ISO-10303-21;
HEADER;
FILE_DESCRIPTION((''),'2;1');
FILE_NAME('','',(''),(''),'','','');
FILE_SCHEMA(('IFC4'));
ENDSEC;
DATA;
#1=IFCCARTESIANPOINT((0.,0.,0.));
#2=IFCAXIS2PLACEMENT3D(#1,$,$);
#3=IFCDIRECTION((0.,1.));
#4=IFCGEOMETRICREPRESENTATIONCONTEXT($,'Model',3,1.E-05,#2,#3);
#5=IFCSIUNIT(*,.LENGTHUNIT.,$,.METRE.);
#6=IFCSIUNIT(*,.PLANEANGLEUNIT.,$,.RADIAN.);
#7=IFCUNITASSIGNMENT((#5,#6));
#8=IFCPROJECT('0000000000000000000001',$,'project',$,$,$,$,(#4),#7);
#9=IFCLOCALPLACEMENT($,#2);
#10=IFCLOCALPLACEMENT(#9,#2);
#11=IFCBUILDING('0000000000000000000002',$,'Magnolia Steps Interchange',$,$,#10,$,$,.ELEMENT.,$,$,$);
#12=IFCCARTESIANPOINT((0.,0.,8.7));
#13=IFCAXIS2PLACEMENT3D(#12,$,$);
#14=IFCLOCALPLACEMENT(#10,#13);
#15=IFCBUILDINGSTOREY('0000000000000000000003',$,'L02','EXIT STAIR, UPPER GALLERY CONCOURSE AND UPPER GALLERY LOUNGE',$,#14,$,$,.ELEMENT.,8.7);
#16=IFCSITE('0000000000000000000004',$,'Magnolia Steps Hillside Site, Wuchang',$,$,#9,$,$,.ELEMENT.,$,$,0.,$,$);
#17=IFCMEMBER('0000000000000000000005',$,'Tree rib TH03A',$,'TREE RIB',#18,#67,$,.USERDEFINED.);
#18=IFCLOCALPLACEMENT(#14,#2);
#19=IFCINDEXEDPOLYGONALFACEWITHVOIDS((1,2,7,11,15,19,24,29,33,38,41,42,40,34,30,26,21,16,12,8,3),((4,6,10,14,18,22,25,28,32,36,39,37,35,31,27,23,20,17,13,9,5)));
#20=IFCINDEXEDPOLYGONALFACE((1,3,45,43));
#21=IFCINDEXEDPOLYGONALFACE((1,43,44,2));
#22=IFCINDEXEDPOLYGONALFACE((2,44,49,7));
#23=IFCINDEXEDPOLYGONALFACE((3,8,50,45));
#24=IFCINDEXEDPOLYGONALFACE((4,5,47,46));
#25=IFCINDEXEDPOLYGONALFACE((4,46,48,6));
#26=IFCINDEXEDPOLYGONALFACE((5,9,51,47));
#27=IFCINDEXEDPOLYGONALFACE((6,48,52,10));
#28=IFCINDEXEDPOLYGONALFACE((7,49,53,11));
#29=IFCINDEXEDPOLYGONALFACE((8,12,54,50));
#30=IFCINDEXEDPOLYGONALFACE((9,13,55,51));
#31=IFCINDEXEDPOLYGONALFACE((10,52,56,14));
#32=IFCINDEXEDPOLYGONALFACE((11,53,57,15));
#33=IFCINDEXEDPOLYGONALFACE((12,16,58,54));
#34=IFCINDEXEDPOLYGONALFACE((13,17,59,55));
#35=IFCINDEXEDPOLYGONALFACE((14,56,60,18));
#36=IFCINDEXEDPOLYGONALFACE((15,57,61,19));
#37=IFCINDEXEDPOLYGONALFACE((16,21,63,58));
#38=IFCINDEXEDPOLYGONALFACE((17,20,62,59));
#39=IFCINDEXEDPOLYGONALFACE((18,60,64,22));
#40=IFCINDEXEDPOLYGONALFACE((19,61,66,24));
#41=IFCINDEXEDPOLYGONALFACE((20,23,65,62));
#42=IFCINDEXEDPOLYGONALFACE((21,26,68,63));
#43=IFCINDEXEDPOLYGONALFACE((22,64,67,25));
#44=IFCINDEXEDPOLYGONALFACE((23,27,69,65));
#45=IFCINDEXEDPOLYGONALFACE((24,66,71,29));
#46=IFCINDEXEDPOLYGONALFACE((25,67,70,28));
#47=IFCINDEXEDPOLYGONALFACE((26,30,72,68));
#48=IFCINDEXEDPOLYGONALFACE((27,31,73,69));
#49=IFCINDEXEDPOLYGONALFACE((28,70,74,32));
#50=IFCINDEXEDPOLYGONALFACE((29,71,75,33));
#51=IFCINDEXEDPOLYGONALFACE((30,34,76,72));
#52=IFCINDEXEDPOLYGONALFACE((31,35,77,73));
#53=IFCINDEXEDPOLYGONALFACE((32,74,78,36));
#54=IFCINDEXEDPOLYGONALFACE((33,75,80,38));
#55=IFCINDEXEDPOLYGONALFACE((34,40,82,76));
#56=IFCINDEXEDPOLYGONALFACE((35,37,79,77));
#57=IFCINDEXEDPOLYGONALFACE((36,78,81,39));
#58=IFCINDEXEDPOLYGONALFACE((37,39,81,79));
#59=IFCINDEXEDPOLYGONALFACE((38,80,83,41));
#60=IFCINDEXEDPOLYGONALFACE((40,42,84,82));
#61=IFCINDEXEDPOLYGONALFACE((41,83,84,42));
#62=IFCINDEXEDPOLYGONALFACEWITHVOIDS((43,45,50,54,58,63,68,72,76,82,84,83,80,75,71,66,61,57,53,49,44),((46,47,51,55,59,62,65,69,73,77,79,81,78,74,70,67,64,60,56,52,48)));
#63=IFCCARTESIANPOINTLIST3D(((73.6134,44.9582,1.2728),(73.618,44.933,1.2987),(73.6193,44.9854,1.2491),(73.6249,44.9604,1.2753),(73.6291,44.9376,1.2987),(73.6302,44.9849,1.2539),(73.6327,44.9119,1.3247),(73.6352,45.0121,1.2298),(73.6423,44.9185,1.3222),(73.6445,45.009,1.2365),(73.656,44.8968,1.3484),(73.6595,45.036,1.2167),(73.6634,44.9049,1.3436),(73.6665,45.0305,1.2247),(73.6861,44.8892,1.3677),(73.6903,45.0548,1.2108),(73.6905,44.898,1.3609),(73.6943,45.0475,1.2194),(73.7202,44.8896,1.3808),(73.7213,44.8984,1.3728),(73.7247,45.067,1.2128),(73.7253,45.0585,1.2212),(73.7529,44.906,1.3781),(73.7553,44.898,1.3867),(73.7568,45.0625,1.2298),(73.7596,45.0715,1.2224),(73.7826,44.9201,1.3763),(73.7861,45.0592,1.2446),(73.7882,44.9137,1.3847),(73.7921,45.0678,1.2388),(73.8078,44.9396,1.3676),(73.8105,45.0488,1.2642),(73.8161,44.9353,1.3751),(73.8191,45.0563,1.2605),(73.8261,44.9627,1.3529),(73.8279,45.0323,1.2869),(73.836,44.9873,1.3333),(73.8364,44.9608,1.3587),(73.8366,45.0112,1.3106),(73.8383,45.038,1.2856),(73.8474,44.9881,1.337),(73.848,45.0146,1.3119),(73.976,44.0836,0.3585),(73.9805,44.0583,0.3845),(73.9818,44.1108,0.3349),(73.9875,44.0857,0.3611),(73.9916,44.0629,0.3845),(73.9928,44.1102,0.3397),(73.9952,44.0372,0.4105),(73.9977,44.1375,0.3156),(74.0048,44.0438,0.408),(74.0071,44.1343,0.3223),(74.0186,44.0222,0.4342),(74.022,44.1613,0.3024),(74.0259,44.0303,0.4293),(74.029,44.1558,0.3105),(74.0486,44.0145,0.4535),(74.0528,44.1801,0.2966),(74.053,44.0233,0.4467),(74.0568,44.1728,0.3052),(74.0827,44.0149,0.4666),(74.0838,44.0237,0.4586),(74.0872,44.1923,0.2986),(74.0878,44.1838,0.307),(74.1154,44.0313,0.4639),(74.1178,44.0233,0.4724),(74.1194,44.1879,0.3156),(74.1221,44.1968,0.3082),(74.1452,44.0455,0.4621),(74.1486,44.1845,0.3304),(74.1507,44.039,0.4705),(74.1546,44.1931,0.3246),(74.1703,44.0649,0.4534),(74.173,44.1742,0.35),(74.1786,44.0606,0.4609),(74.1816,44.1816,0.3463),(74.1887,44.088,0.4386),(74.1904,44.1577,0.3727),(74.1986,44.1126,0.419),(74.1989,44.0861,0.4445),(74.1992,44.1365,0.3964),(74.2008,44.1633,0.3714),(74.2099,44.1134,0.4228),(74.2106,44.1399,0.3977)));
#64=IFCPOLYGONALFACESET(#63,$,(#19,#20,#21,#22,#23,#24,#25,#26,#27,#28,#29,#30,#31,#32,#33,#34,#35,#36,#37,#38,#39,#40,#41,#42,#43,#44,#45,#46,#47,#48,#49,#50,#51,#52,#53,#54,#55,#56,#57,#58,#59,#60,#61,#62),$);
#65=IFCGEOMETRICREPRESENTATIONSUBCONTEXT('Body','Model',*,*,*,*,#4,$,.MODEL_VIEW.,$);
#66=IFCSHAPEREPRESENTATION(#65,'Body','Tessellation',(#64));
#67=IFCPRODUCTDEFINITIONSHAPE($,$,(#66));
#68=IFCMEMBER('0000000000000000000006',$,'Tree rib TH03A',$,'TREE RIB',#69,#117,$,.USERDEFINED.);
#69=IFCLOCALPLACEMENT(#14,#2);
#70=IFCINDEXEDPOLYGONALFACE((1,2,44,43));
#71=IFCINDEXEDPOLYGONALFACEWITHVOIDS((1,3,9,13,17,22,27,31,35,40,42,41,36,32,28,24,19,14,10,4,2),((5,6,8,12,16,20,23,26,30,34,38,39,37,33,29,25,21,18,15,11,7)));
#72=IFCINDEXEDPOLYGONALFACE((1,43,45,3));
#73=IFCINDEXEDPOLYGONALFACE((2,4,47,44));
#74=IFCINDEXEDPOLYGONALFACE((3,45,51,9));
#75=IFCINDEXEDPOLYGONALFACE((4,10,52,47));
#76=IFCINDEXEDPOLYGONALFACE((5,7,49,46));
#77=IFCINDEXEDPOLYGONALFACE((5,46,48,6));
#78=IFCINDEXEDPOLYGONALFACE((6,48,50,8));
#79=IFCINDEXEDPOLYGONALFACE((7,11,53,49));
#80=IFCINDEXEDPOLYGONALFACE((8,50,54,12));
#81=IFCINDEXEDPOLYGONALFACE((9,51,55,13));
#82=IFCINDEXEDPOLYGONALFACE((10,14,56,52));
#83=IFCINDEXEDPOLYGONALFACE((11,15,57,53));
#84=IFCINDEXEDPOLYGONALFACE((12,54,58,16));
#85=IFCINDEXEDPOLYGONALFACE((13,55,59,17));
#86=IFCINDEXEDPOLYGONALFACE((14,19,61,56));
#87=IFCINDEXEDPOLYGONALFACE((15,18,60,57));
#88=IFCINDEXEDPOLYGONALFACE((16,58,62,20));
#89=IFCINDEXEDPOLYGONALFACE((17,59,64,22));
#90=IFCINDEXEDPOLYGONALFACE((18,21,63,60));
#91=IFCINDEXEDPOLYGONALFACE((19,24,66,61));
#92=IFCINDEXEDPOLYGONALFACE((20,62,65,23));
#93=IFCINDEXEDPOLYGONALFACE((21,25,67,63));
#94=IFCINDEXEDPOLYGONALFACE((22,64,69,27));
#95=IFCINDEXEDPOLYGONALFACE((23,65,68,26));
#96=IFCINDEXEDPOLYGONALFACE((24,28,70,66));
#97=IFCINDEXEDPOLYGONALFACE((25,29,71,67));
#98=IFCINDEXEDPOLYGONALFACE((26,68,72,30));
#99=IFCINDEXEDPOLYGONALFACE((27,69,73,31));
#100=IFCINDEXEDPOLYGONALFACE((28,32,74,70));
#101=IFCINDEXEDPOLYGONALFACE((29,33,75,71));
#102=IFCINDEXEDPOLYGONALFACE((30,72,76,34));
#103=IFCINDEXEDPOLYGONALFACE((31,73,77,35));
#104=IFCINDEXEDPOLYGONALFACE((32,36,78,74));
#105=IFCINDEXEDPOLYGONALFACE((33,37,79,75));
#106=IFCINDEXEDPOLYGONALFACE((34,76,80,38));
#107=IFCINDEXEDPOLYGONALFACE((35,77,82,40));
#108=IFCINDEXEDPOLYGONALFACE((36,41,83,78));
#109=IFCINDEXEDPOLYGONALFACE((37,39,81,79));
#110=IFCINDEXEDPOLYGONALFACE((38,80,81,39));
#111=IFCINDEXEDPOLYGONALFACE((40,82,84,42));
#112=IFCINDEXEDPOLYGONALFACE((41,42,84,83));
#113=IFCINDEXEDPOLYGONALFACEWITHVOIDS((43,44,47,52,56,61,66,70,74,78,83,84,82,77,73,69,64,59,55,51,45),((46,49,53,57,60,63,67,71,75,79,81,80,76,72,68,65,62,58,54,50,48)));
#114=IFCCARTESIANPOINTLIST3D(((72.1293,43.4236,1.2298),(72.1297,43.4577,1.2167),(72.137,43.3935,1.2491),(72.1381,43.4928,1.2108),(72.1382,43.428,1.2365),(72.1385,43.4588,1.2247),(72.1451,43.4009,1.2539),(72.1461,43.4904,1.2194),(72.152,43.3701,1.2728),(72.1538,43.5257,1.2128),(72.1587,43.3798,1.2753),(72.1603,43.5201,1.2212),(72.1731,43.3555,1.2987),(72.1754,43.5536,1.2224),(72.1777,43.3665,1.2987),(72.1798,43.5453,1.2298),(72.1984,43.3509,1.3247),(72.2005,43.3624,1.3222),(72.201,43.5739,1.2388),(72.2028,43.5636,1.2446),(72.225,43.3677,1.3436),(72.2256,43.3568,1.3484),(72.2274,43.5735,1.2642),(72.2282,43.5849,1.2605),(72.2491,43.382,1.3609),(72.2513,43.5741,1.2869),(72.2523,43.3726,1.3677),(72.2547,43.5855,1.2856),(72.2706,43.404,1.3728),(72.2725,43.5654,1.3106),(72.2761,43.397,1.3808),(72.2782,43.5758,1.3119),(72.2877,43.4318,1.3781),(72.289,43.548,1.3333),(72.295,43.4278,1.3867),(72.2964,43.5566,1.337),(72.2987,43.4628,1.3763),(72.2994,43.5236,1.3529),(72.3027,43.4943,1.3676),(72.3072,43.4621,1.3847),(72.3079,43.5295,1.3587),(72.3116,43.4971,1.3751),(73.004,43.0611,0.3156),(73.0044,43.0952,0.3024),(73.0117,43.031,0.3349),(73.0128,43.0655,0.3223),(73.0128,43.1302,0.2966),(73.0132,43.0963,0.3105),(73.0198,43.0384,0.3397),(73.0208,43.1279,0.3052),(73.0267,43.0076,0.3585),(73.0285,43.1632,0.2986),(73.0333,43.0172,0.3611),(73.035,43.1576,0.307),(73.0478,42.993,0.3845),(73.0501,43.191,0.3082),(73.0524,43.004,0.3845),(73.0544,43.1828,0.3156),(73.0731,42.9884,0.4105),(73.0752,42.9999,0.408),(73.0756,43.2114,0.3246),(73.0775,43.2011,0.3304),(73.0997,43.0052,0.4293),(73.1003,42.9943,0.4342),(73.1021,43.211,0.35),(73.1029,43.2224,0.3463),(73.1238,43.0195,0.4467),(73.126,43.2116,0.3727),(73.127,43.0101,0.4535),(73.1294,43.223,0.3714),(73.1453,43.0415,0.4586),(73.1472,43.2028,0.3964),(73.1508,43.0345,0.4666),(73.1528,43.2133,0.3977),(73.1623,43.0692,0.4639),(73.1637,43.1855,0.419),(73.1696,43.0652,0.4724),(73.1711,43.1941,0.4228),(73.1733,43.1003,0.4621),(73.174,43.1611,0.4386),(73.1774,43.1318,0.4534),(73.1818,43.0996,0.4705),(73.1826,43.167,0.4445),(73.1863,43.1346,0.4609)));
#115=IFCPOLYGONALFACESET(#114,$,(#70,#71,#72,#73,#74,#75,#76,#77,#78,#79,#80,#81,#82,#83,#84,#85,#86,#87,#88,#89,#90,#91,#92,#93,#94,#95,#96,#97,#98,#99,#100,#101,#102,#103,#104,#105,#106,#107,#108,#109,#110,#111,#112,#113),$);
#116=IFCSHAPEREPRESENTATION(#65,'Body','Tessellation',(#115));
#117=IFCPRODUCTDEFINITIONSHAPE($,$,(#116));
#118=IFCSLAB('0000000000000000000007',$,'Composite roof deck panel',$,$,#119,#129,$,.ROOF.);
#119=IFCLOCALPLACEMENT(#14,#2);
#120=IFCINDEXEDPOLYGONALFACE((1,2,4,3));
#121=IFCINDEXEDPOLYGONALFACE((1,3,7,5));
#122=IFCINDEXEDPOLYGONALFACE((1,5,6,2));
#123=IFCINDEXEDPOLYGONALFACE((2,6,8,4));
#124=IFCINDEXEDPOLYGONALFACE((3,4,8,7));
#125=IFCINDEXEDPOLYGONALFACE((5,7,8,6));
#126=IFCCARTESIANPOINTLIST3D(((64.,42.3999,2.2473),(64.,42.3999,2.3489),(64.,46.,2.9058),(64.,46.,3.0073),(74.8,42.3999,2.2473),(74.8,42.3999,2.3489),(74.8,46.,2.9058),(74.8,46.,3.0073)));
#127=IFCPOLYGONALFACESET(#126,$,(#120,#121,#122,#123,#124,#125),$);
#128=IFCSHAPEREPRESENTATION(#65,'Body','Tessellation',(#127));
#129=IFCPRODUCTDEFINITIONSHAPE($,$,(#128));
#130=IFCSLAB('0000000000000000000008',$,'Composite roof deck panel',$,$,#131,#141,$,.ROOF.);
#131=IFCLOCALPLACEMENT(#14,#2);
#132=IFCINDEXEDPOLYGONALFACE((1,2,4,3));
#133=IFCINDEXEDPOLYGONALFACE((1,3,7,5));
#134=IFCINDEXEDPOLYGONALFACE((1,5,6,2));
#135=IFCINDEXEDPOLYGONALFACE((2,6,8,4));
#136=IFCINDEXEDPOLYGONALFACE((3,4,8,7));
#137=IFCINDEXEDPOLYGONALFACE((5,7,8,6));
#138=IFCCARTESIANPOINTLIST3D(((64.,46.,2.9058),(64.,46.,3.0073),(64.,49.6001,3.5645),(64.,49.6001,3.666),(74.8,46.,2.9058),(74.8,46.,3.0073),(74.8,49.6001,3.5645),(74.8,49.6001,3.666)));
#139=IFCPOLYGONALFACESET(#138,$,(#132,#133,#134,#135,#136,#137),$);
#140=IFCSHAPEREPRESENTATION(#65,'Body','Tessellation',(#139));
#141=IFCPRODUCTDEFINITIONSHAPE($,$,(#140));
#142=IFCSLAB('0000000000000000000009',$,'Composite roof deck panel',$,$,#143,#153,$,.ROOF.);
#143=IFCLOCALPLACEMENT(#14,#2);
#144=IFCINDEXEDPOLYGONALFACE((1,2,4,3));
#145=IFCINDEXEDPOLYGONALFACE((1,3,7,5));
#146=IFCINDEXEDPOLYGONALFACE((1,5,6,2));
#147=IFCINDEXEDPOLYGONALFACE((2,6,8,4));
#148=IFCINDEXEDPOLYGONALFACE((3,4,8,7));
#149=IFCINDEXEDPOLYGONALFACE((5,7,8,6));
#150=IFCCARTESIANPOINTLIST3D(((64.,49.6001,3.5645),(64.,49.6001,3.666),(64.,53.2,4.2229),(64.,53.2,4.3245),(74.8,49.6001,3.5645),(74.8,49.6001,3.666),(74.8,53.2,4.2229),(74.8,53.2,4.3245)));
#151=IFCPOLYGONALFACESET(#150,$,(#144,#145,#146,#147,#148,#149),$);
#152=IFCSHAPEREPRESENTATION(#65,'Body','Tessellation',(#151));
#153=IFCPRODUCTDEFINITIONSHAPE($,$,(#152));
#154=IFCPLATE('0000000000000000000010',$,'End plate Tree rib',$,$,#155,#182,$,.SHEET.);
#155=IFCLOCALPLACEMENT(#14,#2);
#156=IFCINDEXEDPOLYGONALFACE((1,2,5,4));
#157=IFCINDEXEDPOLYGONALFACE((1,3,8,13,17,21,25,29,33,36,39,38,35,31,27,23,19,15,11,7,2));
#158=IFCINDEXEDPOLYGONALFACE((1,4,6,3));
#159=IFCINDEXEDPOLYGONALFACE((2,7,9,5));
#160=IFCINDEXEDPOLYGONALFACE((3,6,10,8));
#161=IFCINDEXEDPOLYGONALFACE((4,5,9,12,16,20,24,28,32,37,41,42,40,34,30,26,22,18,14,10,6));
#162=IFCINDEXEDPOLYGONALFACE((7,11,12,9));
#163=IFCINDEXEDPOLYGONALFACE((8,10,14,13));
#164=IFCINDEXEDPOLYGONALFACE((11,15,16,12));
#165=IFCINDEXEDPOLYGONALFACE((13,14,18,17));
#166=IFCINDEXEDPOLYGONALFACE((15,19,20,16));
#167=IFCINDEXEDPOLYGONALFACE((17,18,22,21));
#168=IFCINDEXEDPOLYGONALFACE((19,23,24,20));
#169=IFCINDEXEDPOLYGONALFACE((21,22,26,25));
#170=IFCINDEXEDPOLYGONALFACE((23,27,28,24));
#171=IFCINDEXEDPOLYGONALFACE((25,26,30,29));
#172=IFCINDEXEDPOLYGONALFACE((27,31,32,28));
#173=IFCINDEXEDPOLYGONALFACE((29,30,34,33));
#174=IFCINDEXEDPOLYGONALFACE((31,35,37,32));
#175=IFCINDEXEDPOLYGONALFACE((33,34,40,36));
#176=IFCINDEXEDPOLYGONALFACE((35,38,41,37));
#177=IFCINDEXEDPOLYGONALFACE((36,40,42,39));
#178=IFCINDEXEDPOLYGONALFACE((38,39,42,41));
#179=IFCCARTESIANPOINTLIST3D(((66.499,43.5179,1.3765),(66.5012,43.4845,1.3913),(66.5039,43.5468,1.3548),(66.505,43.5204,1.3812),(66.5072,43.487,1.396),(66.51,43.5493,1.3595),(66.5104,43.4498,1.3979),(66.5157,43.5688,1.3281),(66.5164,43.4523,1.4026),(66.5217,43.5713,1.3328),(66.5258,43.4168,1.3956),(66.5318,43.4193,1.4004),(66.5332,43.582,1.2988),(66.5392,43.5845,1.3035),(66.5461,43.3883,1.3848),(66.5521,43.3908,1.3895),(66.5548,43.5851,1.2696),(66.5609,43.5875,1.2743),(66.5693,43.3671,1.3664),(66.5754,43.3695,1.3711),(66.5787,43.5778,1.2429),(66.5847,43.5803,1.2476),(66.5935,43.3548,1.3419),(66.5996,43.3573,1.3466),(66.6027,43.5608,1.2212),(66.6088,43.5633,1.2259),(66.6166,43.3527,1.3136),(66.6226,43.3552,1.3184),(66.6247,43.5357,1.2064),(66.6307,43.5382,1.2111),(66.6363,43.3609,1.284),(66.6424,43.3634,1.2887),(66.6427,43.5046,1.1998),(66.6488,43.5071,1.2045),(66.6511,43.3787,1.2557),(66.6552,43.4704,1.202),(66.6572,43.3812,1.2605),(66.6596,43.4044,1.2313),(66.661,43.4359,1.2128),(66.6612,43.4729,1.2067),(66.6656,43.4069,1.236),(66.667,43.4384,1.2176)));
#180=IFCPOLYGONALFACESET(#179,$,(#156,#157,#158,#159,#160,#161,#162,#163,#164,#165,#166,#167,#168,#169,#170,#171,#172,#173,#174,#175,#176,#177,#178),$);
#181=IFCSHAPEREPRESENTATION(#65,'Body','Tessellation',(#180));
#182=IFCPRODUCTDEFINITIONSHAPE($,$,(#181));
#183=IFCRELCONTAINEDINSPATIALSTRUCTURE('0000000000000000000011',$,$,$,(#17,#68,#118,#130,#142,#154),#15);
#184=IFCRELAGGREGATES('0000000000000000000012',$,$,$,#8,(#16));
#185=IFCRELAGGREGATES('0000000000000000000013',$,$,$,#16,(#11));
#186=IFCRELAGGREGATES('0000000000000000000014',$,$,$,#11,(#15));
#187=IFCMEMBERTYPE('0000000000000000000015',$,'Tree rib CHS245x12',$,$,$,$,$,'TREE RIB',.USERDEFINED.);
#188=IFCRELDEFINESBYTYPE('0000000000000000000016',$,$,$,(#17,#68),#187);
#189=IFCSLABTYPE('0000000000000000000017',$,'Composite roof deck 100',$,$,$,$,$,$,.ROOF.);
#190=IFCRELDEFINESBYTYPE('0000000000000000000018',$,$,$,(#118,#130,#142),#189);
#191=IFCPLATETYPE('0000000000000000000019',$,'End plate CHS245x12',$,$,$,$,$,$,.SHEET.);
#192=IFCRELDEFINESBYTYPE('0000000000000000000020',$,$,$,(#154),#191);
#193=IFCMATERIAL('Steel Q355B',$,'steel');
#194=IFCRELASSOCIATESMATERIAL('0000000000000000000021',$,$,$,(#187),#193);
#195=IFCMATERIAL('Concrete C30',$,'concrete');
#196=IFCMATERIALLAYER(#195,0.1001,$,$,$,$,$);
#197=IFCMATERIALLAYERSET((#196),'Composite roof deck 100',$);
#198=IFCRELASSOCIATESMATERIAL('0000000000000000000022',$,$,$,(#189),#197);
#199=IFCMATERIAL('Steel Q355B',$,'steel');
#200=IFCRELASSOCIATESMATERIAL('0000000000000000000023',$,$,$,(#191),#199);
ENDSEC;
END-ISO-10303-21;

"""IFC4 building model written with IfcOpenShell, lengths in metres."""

from ifc_helpers import new_model, si_unit, direction, frame, origin, origin_2d, place, context, subcontext, project, spatial, polyline, circle, hollow_circle, outline, extrude, material, layer, layer_set, material_profile, profile_set, type_object, element, save


model = new_model("IFC4")

# Units and contexts
model_context = context("Model", 3, precision=1e-05, world=origin(), true_north=direction((0.0, 1.0)))
body_context = subcontext(model_context, "Body", "Model", "MODEL_VIEW")
ifc_project = project(units=[si_unit("LENGTHUNIT", "METRE"), si_unit("PLANEANGLEUNIT", "RADIAN")], contexts=[model_context])

# Site, building, storey
site_placement = place(None, origin())
site = spatial("IfcSite", under=ifc_project, at=site_placement, Name="Magnolia Steps Hillside Site, Wuchang", CompositionType="ELEMENT", RefElevation=0.0)
building_placement = place(site_placement, origin())
building = spatial("IfcBuilding", under=site, at=building_placement, Name="Magnolia Steps Interchange", CompositionType="ELEMENT")
storey_placement = place(building_placement, frame((0.0, 0.0, 8.7)))
storey = spatial("IfcBuildingStorey", under=building, at=storey_placement, Name="L02", Description="EXIT STAIR, UPPER GALLERY CONCOURSE AND UPPER GALLERY LOUNGE", CompositionType="ELEMENT", Elevation=8.7)

# Members
ifc_material_1 = material(Name="Steel Q355B", Category="steel")
ifc_material_profile_1 = material_profile(ifc_material_1, hollow_circle(Radius=0.1226, WallThickness=0.012, at=origin_2d()), Name="CHS245x12")
ifc_profile_set_1 = profile_set([ifc_material_profile_1], Name="Steel Q355B")
member_type = type_object("IfcMemberType", Name="Tree rib CHS245x12", ElementType="TREE RIB", PredefinedType="USERDEFINED", material=ifc_profile_set_1)
for number, where, z_axis, x_axis, name in (
    (1, (74.0938, 44.1052, 0.3845), (-0.275434, 0.664566, 0.694613), (-0.9238, -0.382876, 0.0), "Tree rib TH03A"),
    (2, (73.0947, 43.1062, 0.3845), (-0.664566, 0.275434, 0.694613), (-0.382876, -0.9238, 0.0), "Tree rib TH03A"),
):
    element("IfcMember", number, at=place(storey_placement, frame(where, z_axis=z_axis, x_axis=x_axis)), inside=storey, type_object=member_type, Name=name, ObjectType="TREE RIB", PredefinedType="USERDEFINED", context=body_context, shape_type="SweptSolid", body=[
        extrude(hollow_circle(Radius=0.1226, WallThickness=0.012, at=origin_2d()), origin(), (0.0, 0.0, 1.0), 1.3162),
    ])

# Slabs
ifc_material_2 = material(Name="Concrete C30", Category="concrete")
ifc_layer = layer(ifc_material_2, 0.1001)
ifc_layer_set = layer_set([ifc_layer], Name="Composite roof deck 100")
slab_type = type_object("IfcSlabType", Name="Composite roof deck 100", PredefinedType="ROOF", material=ifc_layer_set)
slab_1_placement = place(storey_placement, frame((74.8, 42.3999, 2.3489), z_axis=(0.0, -0.179913, 0.983683), x_axis=(0.0, 0.983683, 0.179913)))
element("IfcSlab", 3, at=slab_1_placement, inside=storey, type_object=slab_type, Name="Composite roof deck panel", PredefinedType="ROOF", context=body_context, shape_type="SweptSolid", body=[
    extrude(outline(polyline([(0.0, 0.0), (3.6598, 0.0), (3.6598, 10.8), (0.0, 10.8), (0.0, 0.0)])), origin(), (-0.179913, 0.0, -0.983683), 0.1016),
])
slab_2_placement = place(storey_placement, frame((74.8, 46.0, 3.0073), z_axis=(0.0, -0.179977, 0.983671), x_axis=(0.0, 0.983671, 0.179977)))
element("IfcSlab", 4, at=slab_2_placement, inside=storey, type_object=slab_type, Name="Composite roof deck panel", PredefinedType="ROOF", context=body_context, shape_type="SweptSolid", body=[
    extrude(outline(polyline([(0.0, 0.0), (3.6599, 0.0), (3.6599, 10.8), (0.0, 10.8), (0.0, 0.0)])), origin(), (-0.179977, 0.0, -0.983671), 0.1016),
])
slab_3_placement = place(storey_placement, frame((74.8, 49.6001, 3.666), z_axis=(0.0, -0.179924, 0.98368), x_axis=(0.0, 0.98368, 0.179924)))
element("IfcSlab", 5, at=slab_3_placement, inside=storey, type_object=slab_type, Name="Composite roof deck panel", PredefinedType="ROOF", context=body_context, shape_type="SweptSolid", body=[
    extrude(outline(polyline([(0.0, 0.0), (3.6596, 0.0), (3.6596, 10.8), (0.0, 10.8), (0.0, 0.0)])), origin(), (-0.179924, 0.0, -0.98368), 0.1016),
])

# Plate
ifc_material_3 = material(Name="Steel Q355B", Category="steel")
ifc_material_profile_2 = material_profile(ifc_material_3, circle(Radius=0.1226, at=origin_2d()), Name="End plate CHS245x12")
ifc_profile_set_2 = profile_set([ifc_material_profile_2], Name="Steel Q355B")
plate_type = type_object("IfcPlateType", Name="End plate CHS245x12", PredefinedType="SHEET", material=ifc_profile_set_2)
for number, where, z_axis, x_axis, name in (
    (6, (66.5801, 43.4688, 1.2988), (0.748578, 0.310071, 0.586078), (-0.382683, 0.92388, 0.0), "End plate Tree rib"),
):
    element("IfcPlate", number, at=place(storey_placement, frame(where, z_axis=z_axis, x_axis=x_axis)), inside=storey, type_object=plate_type, Name=name, PredefinedType="SHEET", context=body_context, shape_type="SweptSolid", body=[
        extrude(circle(Radius=0.1226, at=origin_2d()), origin(), (0.0, 0.0, 1.0), 0.0081),
    ])

save(model, "model.ifc")
